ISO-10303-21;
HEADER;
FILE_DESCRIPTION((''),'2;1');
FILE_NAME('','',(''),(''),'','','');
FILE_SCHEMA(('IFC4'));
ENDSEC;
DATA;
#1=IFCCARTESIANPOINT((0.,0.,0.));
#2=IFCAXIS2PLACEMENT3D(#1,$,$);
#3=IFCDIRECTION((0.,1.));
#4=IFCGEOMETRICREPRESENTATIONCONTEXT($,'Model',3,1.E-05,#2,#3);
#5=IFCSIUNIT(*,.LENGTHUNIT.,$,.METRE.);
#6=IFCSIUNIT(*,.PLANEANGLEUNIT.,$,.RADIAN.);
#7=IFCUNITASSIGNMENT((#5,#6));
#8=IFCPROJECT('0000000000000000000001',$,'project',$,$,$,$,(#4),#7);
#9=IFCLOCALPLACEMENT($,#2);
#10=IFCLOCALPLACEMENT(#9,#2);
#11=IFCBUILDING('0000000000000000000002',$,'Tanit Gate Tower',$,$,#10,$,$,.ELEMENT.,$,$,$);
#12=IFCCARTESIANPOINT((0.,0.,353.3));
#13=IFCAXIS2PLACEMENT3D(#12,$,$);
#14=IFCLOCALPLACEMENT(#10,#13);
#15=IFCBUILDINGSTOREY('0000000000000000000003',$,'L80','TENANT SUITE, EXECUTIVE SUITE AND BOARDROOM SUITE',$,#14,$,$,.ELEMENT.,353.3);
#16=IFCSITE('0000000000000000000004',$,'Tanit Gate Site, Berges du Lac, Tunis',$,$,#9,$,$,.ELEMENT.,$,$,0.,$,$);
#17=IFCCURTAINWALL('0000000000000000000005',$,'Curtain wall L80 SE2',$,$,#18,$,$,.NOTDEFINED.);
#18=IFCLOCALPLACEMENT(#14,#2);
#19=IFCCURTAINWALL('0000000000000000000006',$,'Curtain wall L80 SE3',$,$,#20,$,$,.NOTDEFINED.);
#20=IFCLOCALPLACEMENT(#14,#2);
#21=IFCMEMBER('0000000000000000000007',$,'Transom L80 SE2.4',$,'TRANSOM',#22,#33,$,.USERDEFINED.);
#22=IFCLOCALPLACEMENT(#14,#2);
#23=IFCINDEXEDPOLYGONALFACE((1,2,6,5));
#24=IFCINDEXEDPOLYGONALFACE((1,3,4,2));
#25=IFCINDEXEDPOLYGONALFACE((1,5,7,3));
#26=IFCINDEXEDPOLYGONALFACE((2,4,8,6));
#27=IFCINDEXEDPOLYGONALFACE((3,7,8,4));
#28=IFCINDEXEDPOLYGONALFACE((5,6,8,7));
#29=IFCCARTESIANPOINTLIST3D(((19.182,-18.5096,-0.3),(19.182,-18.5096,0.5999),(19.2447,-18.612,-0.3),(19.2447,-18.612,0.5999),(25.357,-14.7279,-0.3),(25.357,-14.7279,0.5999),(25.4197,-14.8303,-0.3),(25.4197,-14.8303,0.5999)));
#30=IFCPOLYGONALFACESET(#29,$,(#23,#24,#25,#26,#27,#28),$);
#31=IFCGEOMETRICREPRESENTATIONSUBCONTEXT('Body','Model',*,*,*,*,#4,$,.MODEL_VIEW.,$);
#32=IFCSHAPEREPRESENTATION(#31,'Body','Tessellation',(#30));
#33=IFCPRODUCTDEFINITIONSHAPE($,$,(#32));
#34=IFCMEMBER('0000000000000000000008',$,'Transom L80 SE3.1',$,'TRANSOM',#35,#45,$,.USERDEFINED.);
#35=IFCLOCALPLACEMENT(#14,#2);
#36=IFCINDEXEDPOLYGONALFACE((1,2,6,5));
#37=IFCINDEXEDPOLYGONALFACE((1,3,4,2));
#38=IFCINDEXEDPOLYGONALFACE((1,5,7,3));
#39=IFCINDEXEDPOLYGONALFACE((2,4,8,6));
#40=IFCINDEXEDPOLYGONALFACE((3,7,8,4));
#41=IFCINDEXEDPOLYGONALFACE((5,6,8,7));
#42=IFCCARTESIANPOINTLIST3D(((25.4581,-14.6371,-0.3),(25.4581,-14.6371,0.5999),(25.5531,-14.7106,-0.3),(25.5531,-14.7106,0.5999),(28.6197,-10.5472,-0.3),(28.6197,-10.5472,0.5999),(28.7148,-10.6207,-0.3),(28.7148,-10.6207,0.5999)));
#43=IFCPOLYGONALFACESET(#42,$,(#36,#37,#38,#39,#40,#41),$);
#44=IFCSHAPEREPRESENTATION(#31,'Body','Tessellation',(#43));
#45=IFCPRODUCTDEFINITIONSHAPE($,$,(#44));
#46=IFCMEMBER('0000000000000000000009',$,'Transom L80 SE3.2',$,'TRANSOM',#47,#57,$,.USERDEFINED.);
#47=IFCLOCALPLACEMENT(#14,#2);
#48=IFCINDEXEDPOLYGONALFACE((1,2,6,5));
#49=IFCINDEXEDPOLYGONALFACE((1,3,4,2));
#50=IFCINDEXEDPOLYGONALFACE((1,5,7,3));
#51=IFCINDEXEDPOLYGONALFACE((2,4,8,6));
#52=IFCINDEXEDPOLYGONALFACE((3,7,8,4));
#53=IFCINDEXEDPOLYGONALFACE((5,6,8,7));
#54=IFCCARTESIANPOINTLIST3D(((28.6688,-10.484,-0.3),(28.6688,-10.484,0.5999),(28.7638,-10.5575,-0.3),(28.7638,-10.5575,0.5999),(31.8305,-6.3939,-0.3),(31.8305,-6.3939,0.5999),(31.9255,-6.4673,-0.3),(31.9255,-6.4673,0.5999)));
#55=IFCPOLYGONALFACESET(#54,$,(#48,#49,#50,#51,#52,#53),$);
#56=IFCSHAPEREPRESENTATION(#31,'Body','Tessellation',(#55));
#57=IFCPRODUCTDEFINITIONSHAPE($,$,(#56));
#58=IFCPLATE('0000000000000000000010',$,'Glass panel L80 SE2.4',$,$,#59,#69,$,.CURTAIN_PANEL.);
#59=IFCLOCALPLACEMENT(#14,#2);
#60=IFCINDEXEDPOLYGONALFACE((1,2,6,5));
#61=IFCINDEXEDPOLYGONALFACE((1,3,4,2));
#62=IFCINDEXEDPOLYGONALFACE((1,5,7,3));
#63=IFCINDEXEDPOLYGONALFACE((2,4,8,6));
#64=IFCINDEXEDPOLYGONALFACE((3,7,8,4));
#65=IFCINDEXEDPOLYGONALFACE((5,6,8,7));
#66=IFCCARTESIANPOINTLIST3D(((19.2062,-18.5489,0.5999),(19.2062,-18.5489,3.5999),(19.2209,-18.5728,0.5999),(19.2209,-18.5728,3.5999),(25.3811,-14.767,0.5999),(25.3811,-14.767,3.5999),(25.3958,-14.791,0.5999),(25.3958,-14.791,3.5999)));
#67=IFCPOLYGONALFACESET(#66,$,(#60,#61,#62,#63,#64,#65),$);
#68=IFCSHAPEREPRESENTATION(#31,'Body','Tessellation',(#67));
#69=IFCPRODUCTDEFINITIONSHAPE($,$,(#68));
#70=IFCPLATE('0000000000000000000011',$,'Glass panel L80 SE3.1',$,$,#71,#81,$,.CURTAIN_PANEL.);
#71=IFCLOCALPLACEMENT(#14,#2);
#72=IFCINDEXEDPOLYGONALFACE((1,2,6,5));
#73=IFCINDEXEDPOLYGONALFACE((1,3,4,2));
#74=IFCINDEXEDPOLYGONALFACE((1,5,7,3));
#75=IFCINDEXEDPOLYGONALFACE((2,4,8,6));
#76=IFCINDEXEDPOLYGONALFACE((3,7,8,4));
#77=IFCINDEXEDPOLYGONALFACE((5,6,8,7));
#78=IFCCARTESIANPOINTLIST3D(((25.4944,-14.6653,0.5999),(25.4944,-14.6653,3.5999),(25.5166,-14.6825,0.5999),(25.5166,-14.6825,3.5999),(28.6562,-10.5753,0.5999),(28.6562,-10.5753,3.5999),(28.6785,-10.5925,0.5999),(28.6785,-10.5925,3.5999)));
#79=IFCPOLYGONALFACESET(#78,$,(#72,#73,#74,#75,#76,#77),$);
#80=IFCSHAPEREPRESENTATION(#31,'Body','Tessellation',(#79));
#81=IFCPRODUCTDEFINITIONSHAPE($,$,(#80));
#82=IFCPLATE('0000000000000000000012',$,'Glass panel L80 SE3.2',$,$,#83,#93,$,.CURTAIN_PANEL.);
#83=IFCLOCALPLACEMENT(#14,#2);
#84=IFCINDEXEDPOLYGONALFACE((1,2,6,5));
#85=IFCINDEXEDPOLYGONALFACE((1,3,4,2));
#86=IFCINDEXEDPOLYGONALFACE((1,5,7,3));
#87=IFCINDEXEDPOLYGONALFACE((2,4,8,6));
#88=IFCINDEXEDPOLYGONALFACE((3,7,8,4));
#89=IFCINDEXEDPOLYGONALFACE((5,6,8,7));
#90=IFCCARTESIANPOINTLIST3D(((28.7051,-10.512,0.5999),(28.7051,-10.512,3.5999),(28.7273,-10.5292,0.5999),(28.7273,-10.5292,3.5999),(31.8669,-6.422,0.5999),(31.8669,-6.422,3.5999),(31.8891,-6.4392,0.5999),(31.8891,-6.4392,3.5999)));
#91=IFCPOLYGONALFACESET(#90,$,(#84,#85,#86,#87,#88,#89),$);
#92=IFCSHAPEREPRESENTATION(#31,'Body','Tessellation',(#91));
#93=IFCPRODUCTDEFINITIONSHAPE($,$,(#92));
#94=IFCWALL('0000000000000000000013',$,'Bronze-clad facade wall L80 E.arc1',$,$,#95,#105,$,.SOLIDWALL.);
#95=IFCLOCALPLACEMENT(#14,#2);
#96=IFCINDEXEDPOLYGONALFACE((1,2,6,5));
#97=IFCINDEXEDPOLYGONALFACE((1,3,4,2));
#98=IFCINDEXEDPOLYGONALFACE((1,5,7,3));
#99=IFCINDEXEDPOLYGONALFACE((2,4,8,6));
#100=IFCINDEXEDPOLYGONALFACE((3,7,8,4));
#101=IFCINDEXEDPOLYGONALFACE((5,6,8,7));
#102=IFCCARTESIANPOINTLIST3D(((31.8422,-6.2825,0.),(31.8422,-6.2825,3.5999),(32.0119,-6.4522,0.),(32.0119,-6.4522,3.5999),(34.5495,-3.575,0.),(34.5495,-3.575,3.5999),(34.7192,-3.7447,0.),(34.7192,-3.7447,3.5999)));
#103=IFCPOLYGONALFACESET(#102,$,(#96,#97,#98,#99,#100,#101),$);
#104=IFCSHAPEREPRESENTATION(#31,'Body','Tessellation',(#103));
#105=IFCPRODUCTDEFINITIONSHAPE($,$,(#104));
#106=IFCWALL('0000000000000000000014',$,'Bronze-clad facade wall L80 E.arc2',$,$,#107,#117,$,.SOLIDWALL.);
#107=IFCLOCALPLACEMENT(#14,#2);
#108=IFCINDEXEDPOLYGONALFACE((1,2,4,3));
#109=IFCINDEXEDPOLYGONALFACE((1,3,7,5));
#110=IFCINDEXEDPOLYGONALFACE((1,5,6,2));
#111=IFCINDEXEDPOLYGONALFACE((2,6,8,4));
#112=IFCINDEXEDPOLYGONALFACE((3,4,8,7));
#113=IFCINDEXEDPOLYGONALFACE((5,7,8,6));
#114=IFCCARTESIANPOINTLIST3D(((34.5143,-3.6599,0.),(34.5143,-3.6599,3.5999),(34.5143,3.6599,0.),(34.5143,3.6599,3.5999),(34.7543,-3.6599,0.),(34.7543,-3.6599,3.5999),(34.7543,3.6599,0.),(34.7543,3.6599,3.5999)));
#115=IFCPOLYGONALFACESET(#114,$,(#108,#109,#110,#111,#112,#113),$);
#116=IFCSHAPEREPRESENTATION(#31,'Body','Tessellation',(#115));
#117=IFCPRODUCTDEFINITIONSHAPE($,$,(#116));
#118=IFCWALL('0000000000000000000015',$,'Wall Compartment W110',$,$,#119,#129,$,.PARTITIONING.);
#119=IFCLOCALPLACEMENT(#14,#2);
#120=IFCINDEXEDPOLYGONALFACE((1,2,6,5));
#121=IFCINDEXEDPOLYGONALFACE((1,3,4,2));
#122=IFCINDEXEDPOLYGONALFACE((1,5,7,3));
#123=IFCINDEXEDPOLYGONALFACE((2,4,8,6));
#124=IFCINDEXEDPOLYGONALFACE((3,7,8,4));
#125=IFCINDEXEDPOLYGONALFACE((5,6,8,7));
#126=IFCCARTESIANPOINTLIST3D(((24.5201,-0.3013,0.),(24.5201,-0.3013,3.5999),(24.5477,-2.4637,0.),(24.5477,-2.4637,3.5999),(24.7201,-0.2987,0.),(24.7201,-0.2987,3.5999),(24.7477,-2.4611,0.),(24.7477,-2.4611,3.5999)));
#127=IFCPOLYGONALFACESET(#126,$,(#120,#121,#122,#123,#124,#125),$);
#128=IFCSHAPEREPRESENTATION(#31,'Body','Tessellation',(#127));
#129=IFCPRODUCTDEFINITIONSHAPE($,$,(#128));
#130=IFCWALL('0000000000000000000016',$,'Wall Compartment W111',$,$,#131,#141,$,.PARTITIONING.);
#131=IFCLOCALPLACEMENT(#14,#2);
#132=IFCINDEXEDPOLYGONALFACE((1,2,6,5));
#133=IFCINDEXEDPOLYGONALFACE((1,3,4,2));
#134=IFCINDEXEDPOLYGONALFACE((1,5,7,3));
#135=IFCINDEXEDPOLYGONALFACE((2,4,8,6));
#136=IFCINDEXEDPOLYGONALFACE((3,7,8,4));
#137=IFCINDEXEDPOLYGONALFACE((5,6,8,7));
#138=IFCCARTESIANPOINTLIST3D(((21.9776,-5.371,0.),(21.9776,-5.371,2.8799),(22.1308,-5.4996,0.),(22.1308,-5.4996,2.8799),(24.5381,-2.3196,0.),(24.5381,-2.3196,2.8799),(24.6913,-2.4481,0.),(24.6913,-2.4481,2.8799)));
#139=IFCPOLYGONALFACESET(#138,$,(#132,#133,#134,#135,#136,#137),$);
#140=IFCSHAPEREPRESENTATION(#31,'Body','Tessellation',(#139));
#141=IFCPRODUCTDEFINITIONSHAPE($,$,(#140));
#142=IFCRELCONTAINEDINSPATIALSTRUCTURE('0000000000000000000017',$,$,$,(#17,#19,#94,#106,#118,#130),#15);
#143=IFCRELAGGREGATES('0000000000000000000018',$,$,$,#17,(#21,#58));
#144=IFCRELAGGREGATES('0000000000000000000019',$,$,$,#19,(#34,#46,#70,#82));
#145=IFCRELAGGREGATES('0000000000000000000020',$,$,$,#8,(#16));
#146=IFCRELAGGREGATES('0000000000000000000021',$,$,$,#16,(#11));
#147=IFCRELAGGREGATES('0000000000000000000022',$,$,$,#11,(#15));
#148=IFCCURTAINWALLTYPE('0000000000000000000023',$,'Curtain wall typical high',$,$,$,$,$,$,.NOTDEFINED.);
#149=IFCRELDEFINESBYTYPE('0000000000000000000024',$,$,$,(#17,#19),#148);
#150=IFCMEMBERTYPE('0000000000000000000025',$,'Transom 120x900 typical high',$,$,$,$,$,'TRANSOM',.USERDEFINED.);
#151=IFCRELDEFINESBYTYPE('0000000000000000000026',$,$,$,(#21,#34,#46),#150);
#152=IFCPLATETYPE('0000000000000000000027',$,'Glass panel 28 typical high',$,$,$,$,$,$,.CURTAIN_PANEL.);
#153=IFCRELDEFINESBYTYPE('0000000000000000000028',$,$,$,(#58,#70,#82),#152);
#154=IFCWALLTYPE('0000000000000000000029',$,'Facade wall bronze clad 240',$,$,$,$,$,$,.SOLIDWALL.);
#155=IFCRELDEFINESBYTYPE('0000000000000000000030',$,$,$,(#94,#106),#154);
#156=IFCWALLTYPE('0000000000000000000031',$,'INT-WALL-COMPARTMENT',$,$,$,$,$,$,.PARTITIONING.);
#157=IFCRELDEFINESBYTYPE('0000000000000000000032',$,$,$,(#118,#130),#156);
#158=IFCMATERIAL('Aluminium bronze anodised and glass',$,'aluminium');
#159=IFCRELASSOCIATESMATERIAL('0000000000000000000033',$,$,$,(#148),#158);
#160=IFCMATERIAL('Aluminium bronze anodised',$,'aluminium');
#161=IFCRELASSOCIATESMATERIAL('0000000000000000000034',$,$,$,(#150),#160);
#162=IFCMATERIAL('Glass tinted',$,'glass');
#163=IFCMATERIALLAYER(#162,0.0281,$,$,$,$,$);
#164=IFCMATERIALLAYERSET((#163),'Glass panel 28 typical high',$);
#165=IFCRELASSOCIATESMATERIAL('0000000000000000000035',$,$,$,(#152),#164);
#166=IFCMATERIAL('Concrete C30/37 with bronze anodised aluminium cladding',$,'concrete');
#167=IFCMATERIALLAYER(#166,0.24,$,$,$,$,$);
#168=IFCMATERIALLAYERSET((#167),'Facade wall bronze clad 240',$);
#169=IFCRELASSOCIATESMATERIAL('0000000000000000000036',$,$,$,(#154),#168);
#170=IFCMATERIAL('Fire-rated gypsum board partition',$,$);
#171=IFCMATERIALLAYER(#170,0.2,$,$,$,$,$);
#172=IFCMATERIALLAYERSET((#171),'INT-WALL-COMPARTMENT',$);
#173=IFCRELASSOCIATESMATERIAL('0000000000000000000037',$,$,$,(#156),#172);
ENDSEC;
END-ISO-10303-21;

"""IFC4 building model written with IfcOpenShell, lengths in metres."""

from ifc_helpers import new_model, si_unit, direction, frame, frame_2d, origin, origin_2d, place, context, subcontext, project, spatial, rectangle, extrude, material, layer, layer_set, material_profile, profile_set, type_object, element, aggregate, save


model = new_model("IFC4")

# Units and contexts
model_context = context("Model", 3, precision=1e-05, world=origin(), true_north=direction((0.0, 1.0)))
body_context = subcontext(model_context, "Body", "Model", "MODEL_VIEW")
ifc_project = project(units=[si_unit("LENGTHUNIT", "METRE"), si_unit("PLANEANGLEUNIT", "RADIAN")], contexts=[model_context])

# Site, building, storey
site_placement = place(None, origin())
site = spatial("IfcSite", under=ifc_project, at=site_placement, Name="Tanit Gate Site, Berges du Lac, Tunis", CompositionType="ELEMENT", RefElevation=0.0)
building_placement = place(site_placement, origin())
building = spatial("IfcBuilding", under=site, at=building_placement, Name="Tanit Gate Tower", CompositionType="ELEMENT")
storey_placement = place(building_placement, frame((0.0, 0.0, 353.3)))
storey = spatial("IfcBuildingStorey", under=building, at=storey_placement, Name="L80", Description="TENANT SUITE, EXECUTIVE SUITE AND BOARDROOM SUITE", CompositionType="ELEMENT", Elevation=353.3)

# Curtain wall
ifc_material_1 = material(Name="Aluminium bronze anodised and glass", Category="aluminium")
curtain_wall_type = type_object("IfcCurtainWallType", Name="Curtain wall typical high", PredefinedType="NOTDEFINED", material=ifc_material_1)
curtain_wall_1_placement = place(storey_placement, origin())
curtain_wall_1 = element("IfcCurtainWall", 1, at=curtain_wall_1_placement, inside=storey, type_object=curtain_wall_type, Name="Curtain wall L80 SE2", PredefinedType="NOTDEFINED")

# Curtain wall
curtain_wall_2_placement = place(storey_placement, origin())
curtain_wall_2 = element("IfcCurtainWall", 2, at=curtain_wall_2_placement, inside=storey, type_object=curtain_wall_type, Name="Curtain wall L80 SE3", PredefinedType="NOTDEFINED")

# Members
ifc_material_2 = material(Name="Aluminium bronze anodised", Category="aluminium")
ifc_material_profile_1 = material_profile(ifc_material_2, rectangle(XDim=0.1201, YDim=0.8999, at=origin_2d()), Name="120x900 bronze transom")
ifc_profile_set_1 = profile_set([ifc_material_profile_1], Name="Aluminium bronze anodised")
member_type_1 = type_object("IfcMemberType", Name="Transom 120x900 typical high", ElementType="TRANSOM", PredefinedType="USERDEFINED", material=ifc_profile_set_1)
member_1_placement = place(storey_placement, frame((19.2134, -18.5608, 0.1499), z_axis=(0.852784, 0.522264, 0.0), x_axis=(-0.522264, 0.852784, 0.0)))
member_1 = element("IfcMember", 3, at=member_1_placement, type_object=member_type_1, Name="Transom L80 SE2.4", ObjectType="TRANSOM", PredefinedType="USERDEFINED", context=body_context, shape_type="SweptSolid", body=[
    extrude(rectangle(XDim=0.1201, YDim=0.8999, at=origin_2d()), origin(), (0.0, 0.0, 1.0), 7.241),
])
member_2_placement = place(storey_placement, frame((25.5056, -14.6738, 0.1499), z_axis=(0.611603, 0.791165, 0.0), x_axis=(-0.791165, 0.611603, 0.0)))
member_2 = element("IfcMember", 4, at=member_2_placement, type_object=member_type_1, Name="Transom L80 SE3.1", ObjectType="TRANSOM", PredefinedType="USERDEFINED", context=body_context, shape_type="SweptSolid", body=[
    extrude(rectangle(XDim=0.1201, YDim=0.8999, at=origin_2d()), origin(), (0.0, 0.0, 1.0), 5.1694),
])
member_3_placement = place(storey_placement, frame((28.7163, -10.5208, 0.1499), z_axis=(0.611581, 0.791182, 0.0), x_axis=(-0.791182, 0.611581, 0.0)))
member_3 = element("IfcMember", 5, at=member_3_placement, type_object=member_type_1, Name="Transom L80 SE3.2", ObjectType="TRANSOM", PredefinedType="USERDEFINED", context=body_context, shape_type="SweptSolid", body=[
    extrude(rectangle(XDim=0.1201, YDim=0.8999, at=origin_2d()), origin(), (0.0, 0.0, 1.0), 5.1697),
])

# Plates
ifc_material_3 = material(Name="Glass tinted", Category="glass")
ifc_layer_1 = layer(ifc_material_3, 0.0281)
ifc_layer_set_1 = layer_set([ifc_layer_1], Name="Glass panel 28 typical high")
plate_type = type_object("IfcPlateType", Name="Glass panel 28 typical high", PredefinedType="CURTAIN_PANEL", material=ifc_layer_set_1)
plate_1_placement = place(storey_placement, frame((22.301, -16.6699, 0.5999), z_axis=(0.0, 0.0, 1.0), x_axis=(0.852772, 0.522283, 0.0)))
plate_1 = element("IfcPlate", 6, at=plate_1_placement, type_object=plate_type, Name="Glass panel L80 SE2.4", PredefinedType="CURTAIN_PANEL", context=body_context, shape_type="SweptSolid", body=[
    extrude(rectangle(XDim=7.241, YDim=0.0281, at=origin_2d()), origin(), (0.0, 0.0, 1.0), 3.0),
])
aggregate(curtain_wall_1, [member_1, plate_1])
plate_2_placement = place(storey_placement, frame((27.0864, -12.6289, 0.5999), z_axis=(0.0, 0.0, 1.0), x_axis=(0.611613, 0.791157, 0.0)))
plate_2 = element("IfcPlate", 7, at=plate_2_placement, type_object=plate_type, Name="Glass panel L80 SE3.1", PredefinedType="CURTAIN_PANEL", context=body_context, shape_type="SweptSolid", body=[
    extrude(rectangle(XDim=5.1697, YDim=0.0281, at=origin_2d()), origin(), (0.0, 0.0, 1.0), 3.0),
])
plate_3_placement = place(storey_placement, frame((30.2971, -8.4756, 0.5999), z_axis=(0.0, 0.0, 1.0), x_axis=(0.611613, 0.791157, 0.0)))
plate_3 = element("IfcPlate", 8, at=plate_3_placement, type_object=plate_type, Name="Glass panel L80 SE3.2", PredefinedType="CURTAIN_PANEL", context=body_context, shape_type="SweptSolid", body=[
    extrude(rectangle(XDim=5.1697, YDim=0.0281, at=origin_2d()), origin(), (0.0, 0.0, 1.0), 3.0),
])
aggregate(curtain_wall_2, [member_2, member_3, plate_2, plate_3])

# Walls
ifc_material_4 = material(Name="Concrete C30/37 with bronze anodised aluminium cladding", Category="concrete")
ifc_layer_2 = layer(ifc_material_4, 0.24)
ifc_layer_set_2 = layer_set([ifc_layer_2], Name="Facade wall bronze clad 240")
wall_type_1 = type_object("IfcWallType", Name="Facade wall bronze clad 240", PredefinedType="SOLIDWALL", material=ifc_layer_set_2)
wall_1_placement = place(storey_placement, frame((31.927, -6.3674, 0.0), z_axis=(0.0, 0.0, 1.0), x_axis=(0.707075, 0.707139, 0.0)))
element("IfcWall", 9, at=wall_1_placement, inside=storey, type_object=wall_type_1, Name="Bronze-clad facade wall L80 E.arc1", PredefinedType="SOLIDWALL", context=body_context, shape_type="SweptSolid", body=[
    extrude(rectangle(XDim=3.8289, YDim=0.24, at=frame_2d((1.9146, 0.0))), origin(), (0.0, 0.0, 1.0), 3.5999),
])
wall_2_placement = place(storey_placement, frame((34.6343, -3.6599, 0.0), z_axis=(0.0, 0.0, 1.0), x_axis=(0.0, 1.0, 0.0)))
element("IfcWall", 10, at=wall_2_placement, inside=storey, type_object=wall_type_1, Name="Bronze-clad facade wall L80 E.arc2", PredefinedType="SOLIDWALL", context=body_context, shape_type="SweptSolid", body=[
    extrude(rectangle(XDim=7.3198, YDim=0.24, at=frame_2d((3.6599, 0.0))), origin(), (0.0, 0.0, 1.0), 3.5999),
])
ifc_material_5 = material(Name="Fire-rated gypsum board partition")
ifc_layer_3 = layer(ifc_material_5, 0.2)
ifc_layer_set_3 = layer_set([ifc_layer_3], Name="INT-WALL-COMPARTMENT")
wall_type_2 = type_object("IfcWallType", Name="INT-WALL-COMPARTMENT", PredefinedType="PARTITIONING", material=ifc_layer_set_3)
wall_3_placement = place(storey_placement, frame((24.6477, -2.4624, 0.0), z_axis=(0.0, 0.0, 1.0), x_axis=(-0.012757, 0.999919, 0.0)))
element("IfcWall", 11, at=wall_3_placement, inside=storey, type_object=wall_type_2, Name="Wall Compartment W110", PredefinedType="PARTITIONING", context=body_context, shape_type="SweptSolid", body=[
    extrude(rectangle(XDim=2.1626, YDim=0.2, at=frame_2d((1.0813, 0.0))), origin(), (0.0, 0.0, 1.0), 3.5999),
])
wall_4_placement = place(storey_placement, frame((22.0542, -5.4353, 0.0), z_axis=(0.0, 0.0, 1.0), x_axis=(0.642791, 0.766042, 0.0)))
element("IfcWall", 12, at=wall_4_placement, inside=storey, type_object=wall_type_2, Name="Wall Compartment W111", PredefinedType="PARTITIONING", context=body_context, shape_type="SweptSolid", body=[
    extrude(rectangle(XDim=3.9834, YDim=0.2, at=frame_2d((1.9917, 0.0))), origin(), (0.0, 0.0, 1.0), 2.8799),
])

save(model, "model.ifc")
